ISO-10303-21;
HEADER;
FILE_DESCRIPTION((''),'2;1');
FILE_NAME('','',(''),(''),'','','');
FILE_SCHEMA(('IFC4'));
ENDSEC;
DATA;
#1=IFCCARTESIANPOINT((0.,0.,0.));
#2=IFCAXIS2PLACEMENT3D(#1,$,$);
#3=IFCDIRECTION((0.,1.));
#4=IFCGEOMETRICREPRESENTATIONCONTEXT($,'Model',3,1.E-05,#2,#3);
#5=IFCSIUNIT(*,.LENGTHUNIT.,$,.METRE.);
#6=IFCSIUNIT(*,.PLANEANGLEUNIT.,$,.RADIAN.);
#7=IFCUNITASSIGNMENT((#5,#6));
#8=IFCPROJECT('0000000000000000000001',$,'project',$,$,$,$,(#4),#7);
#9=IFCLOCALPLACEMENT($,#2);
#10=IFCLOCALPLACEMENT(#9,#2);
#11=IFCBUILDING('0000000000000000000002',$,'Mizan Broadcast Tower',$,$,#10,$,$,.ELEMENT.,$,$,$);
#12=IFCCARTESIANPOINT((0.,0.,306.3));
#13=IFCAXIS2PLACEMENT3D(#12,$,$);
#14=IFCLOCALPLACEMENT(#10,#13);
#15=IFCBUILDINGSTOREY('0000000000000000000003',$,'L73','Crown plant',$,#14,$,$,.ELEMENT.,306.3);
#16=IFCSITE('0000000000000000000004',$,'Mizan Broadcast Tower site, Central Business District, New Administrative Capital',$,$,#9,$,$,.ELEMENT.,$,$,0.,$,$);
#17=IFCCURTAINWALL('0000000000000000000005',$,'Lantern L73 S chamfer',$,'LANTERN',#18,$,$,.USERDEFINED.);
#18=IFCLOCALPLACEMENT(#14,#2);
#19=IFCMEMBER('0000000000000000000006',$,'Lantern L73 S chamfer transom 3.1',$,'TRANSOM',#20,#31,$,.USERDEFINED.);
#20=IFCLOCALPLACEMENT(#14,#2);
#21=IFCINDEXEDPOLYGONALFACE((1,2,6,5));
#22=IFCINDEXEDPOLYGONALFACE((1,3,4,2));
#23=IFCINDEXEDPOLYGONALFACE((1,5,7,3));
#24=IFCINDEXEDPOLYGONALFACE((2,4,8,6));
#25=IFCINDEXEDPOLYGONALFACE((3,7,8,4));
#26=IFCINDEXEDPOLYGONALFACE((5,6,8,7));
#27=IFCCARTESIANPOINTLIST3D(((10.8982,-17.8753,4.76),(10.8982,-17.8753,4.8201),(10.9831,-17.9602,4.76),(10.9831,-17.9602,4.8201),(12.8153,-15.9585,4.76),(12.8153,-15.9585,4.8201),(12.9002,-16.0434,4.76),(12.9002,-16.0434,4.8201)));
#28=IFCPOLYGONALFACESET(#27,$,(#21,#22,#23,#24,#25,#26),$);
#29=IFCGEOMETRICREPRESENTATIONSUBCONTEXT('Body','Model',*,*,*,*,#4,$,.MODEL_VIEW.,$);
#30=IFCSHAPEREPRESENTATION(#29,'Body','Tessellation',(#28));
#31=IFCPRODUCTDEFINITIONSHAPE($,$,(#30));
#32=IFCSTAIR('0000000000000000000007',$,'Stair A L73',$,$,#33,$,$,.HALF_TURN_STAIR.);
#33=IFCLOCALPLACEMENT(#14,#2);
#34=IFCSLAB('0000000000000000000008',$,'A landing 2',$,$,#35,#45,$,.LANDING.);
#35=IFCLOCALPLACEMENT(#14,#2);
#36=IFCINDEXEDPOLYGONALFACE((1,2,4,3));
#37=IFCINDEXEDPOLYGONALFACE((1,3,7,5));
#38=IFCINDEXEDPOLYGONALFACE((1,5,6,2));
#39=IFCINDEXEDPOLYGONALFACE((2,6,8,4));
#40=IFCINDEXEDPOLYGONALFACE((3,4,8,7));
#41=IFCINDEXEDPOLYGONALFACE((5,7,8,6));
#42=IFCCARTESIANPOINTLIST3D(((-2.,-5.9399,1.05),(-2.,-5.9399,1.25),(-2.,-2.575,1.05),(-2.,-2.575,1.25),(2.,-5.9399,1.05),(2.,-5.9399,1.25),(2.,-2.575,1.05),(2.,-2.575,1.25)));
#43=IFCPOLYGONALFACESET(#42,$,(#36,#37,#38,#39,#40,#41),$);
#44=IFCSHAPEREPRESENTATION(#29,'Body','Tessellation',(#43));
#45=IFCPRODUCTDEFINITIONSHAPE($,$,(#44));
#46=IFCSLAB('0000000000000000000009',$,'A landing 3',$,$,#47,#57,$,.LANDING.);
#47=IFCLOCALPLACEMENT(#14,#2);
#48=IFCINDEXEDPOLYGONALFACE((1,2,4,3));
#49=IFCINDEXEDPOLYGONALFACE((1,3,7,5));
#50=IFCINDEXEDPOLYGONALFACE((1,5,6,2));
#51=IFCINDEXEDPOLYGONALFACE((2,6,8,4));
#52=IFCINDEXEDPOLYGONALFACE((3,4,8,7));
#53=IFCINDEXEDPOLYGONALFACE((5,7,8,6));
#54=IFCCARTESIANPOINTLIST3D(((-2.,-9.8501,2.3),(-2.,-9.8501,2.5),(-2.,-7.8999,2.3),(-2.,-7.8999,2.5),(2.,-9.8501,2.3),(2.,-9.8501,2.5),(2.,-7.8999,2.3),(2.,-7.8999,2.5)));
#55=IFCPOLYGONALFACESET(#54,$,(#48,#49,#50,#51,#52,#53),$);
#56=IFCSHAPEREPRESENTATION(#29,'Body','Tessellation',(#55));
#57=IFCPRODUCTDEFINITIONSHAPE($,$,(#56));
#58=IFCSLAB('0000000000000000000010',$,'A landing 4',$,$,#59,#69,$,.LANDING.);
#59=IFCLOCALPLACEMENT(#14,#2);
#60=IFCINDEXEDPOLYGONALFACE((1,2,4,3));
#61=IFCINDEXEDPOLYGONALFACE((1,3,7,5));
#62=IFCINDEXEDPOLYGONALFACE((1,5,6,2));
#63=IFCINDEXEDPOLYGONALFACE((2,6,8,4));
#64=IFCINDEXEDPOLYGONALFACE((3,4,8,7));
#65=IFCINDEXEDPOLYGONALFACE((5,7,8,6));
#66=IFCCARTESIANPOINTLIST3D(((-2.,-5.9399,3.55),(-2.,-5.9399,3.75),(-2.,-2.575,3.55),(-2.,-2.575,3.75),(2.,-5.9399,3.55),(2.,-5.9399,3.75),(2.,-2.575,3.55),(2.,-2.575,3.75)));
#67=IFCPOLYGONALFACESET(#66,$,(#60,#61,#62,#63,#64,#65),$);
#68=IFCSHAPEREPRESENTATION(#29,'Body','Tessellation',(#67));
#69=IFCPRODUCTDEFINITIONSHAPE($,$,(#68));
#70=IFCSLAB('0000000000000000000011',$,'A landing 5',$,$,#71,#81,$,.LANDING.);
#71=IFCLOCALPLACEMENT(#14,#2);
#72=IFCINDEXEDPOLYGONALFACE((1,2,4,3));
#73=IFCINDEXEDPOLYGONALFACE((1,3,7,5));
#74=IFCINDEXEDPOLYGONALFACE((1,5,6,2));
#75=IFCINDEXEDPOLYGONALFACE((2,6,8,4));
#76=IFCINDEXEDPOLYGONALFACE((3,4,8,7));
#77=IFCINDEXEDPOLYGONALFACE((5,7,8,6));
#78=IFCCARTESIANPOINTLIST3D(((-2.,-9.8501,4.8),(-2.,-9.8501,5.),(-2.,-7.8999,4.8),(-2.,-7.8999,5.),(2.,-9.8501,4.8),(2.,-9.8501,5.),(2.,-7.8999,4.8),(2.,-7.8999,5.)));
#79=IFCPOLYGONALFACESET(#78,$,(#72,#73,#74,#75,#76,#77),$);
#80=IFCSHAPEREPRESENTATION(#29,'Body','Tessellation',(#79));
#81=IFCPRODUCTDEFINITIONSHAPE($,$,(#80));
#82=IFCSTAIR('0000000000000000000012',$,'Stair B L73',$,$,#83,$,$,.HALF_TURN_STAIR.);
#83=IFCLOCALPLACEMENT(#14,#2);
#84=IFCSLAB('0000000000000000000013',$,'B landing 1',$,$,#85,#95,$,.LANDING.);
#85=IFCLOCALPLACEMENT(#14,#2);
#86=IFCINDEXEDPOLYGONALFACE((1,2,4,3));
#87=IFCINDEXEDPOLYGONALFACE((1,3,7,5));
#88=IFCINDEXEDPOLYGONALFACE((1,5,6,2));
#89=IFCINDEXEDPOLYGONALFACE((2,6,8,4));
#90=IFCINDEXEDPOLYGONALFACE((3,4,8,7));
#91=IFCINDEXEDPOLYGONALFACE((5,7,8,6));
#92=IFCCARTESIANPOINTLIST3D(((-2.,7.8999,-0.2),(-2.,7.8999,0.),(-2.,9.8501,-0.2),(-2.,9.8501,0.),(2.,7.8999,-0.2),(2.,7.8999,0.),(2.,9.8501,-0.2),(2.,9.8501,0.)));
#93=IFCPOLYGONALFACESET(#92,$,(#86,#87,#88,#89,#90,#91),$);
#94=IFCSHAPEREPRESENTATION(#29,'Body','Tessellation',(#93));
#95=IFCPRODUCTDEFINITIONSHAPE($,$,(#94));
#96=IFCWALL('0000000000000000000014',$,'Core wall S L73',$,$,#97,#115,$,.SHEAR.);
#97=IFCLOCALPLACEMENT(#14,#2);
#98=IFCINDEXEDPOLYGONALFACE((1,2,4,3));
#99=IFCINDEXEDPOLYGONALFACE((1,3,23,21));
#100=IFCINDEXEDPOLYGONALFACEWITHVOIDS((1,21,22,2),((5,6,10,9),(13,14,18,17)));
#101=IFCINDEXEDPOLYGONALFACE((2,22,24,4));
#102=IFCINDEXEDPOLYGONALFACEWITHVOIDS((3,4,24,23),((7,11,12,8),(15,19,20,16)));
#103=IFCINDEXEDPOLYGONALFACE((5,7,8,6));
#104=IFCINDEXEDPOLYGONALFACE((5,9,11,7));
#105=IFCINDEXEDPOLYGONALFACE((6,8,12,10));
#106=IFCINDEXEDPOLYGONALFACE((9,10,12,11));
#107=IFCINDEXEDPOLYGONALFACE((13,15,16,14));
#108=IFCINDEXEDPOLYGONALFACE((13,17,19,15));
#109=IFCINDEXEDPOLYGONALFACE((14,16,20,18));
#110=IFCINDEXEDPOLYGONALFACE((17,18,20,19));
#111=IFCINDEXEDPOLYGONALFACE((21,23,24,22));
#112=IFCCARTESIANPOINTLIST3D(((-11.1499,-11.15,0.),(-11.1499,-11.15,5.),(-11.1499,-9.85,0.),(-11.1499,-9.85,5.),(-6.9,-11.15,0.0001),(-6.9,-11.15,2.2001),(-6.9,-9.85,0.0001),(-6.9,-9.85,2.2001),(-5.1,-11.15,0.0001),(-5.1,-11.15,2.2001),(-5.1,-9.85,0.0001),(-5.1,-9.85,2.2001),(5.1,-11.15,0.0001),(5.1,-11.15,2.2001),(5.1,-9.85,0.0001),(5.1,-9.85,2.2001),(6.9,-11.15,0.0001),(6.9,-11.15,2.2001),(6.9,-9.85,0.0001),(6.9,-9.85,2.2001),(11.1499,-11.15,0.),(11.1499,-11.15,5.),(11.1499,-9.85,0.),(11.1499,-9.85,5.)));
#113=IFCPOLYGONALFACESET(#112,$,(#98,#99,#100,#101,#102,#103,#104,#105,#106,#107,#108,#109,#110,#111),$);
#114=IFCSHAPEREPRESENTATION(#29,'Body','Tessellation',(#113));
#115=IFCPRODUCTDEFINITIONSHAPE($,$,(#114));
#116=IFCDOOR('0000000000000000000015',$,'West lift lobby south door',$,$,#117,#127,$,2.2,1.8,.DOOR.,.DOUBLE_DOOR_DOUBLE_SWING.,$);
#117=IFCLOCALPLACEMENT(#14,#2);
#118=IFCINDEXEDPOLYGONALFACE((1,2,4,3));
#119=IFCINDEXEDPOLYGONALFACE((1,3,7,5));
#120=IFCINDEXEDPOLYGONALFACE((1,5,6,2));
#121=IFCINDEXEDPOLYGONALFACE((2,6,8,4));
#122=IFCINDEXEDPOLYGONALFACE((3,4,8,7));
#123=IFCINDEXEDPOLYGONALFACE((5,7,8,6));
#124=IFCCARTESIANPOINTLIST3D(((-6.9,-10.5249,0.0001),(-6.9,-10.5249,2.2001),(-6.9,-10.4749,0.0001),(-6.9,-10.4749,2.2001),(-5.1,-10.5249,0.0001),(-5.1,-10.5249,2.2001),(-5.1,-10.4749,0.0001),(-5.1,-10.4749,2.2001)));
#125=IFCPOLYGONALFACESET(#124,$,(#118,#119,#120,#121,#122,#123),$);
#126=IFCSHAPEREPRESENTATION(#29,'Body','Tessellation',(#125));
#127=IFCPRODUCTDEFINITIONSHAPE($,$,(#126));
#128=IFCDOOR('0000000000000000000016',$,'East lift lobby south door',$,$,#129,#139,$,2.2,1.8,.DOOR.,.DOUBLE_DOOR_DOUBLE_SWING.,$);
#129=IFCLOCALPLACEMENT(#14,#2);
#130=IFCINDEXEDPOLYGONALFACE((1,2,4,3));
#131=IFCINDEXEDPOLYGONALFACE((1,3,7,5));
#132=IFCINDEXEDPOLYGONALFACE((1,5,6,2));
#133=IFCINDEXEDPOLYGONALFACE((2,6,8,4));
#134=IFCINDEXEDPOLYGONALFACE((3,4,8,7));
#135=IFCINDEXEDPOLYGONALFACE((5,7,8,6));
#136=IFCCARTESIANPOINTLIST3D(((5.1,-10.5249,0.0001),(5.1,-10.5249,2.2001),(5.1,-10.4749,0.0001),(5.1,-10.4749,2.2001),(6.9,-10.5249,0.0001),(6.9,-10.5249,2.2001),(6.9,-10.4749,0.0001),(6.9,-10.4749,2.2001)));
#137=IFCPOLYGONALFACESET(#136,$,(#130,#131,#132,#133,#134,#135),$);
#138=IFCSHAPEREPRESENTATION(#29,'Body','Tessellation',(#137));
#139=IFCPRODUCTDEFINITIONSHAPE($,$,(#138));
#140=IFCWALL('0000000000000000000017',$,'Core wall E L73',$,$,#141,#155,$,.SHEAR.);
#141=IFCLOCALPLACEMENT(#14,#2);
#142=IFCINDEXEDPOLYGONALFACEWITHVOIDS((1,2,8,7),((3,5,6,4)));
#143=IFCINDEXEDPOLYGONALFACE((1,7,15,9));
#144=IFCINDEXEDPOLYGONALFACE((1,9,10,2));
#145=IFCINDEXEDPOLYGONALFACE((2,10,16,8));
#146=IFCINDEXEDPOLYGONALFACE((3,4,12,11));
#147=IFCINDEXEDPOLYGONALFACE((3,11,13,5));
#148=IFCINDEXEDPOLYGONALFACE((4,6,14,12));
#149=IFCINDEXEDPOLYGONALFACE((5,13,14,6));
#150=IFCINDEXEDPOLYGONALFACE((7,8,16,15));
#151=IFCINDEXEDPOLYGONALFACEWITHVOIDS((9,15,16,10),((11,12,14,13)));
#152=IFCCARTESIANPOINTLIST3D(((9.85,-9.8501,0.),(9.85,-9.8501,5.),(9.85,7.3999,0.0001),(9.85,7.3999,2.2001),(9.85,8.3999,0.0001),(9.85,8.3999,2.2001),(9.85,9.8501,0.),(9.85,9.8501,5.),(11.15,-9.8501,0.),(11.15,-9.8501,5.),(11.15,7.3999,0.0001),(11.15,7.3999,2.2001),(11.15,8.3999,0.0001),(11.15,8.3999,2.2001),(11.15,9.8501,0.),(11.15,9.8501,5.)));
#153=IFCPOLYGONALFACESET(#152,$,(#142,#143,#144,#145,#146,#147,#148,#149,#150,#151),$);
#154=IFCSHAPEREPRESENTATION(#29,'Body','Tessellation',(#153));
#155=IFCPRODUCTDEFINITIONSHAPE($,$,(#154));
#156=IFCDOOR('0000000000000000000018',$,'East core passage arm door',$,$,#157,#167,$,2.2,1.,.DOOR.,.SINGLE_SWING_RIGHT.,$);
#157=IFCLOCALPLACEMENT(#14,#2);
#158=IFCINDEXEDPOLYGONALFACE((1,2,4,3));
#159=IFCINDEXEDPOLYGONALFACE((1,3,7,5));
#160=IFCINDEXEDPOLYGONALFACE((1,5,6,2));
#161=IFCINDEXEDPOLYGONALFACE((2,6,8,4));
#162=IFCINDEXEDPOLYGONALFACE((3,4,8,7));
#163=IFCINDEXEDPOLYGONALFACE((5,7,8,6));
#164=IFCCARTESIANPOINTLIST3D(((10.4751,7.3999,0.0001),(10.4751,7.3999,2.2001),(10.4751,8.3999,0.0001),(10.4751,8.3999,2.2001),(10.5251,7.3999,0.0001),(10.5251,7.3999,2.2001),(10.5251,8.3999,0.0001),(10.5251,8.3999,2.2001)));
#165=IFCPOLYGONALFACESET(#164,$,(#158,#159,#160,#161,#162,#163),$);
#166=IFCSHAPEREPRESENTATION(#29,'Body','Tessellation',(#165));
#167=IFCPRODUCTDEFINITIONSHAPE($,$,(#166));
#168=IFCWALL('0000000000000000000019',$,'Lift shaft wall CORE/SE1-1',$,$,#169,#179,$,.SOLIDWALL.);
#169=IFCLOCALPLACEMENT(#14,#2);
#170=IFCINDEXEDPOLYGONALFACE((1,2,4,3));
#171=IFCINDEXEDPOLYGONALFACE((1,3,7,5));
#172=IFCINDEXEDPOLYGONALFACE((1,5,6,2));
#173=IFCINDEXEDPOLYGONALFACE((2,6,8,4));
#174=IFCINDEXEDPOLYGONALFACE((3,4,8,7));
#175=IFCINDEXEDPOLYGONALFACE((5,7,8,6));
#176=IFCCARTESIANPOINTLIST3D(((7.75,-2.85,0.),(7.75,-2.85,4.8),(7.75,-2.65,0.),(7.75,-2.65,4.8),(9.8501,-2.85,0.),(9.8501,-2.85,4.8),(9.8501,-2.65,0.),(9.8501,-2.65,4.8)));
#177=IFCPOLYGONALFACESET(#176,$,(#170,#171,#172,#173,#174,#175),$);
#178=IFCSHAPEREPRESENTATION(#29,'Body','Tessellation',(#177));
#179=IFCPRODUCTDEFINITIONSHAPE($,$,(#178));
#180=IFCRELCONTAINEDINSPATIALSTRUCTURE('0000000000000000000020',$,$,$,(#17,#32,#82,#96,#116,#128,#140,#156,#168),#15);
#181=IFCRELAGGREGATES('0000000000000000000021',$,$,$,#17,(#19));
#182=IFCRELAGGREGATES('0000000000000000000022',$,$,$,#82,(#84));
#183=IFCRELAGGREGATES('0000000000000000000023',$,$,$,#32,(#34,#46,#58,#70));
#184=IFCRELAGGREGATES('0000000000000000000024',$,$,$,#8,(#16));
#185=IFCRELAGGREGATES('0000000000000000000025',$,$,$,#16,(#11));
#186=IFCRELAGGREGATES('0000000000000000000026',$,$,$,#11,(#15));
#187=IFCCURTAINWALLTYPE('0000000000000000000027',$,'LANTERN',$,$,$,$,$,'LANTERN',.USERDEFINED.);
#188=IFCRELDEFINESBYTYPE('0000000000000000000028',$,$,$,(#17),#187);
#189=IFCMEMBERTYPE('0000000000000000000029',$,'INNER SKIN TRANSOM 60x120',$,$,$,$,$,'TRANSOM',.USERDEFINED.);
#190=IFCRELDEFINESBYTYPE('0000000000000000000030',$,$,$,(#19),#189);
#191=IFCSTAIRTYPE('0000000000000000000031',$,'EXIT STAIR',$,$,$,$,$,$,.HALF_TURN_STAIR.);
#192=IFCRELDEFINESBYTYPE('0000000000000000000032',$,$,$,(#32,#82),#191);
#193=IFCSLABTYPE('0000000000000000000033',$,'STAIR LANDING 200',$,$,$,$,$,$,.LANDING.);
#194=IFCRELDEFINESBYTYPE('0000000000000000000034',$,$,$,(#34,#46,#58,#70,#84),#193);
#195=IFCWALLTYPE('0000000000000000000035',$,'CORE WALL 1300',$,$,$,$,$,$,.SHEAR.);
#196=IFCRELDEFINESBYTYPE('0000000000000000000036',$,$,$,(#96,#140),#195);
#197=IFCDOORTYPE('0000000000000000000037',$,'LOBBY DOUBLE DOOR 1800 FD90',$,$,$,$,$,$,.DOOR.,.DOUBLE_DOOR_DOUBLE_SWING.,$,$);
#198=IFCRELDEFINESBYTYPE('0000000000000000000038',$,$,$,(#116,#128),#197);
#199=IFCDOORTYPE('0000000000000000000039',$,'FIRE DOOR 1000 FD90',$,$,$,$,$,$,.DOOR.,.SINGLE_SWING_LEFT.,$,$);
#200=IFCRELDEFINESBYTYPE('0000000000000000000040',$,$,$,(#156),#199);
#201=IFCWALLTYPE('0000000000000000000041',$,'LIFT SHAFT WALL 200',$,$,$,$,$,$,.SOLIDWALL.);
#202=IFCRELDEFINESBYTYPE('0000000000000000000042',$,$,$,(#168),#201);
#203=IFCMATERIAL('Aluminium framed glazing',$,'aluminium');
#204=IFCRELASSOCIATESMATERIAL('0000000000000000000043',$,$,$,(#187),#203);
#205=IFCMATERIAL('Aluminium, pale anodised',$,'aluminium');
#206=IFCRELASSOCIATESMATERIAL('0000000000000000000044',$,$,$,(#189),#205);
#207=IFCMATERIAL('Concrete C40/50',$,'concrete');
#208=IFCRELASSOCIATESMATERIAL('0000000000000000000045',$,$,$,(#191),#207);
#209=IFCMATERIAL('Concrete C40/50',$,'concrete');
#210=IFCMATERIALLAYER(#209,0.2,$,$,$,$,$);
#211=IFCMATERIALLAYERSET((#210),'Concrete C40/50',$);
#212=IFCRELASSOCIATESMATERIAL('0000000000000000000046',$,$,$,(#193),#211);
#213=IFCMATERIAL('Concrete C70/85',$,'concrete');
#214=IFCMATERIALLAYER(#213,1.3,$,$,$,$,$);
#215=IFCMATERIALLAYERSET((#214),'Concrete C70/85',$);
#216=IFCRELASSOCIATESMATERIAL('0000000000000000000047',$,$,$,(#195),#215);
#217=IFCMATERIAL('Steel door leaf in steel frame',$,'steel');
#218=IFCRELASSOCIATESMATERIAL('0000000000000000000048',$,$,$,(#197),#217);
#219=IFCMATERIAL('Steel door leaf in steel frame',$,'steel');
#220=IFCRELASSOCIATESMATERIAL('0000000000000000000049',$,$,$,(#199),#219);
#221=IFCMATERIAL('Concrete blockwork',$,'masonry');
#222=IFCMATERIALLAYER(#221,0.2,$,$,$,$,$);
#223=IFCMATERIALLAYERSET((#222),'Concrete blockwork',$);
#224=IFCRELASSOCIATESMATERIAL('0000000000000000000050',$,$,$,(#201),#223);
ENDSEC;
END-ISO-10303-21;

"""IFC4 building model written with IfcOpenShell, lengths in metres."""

from ifc_helpers import new_model, si_unit, direction, frame, frame_2d, origin, origin_2d, place, context, subcontext, project, spatial, polyline, rectangle, outline, extrude, material, layer, layer_set, material_profile, profile_set, type_object, element, fill, aggregate, save


model = new_model("IFC4")

# Units and contexts
model_context = context("Model", 3, precision=1e-05, world=origin(), true_north=direction((0.0, 1.0)))
body_context = subcontext(model_context, "Body", "Model", "MODEL_VIEW")
ifc_project = project(units=[si_unit("LENGTHUNIT", "METRE"), si_unit("PLANEANGLEUNIT", "RADIAN")], contexts=[model_context])

# Site, building, storey
site_placement = place(None, origin())
site = spatial("IfcSite", under=ifc_project, at=site_placement, Name="Mizan Broadcast Tower site, Central Business District, New Administrative Capital", CompositionType="ELEMENT", RefElevation=0.0)
building_placement = place(site_placement, origin())
building = spatial("IfcBuilding", under=site, at=building_placement, Name="Mizan Broadcast Tower", CompositionType="ELEMENT")
storey_placement = place(building_placement, frame((0.0, 0.0, 306.3)))
storey = spatial("IfcBuildingStorey", under=building, at=storey_placement, Name="L73", Description="Crown plant", CompositionType="ELEMENT", Elevation=306.3)

# Curtain wall, member
ifc_material_1 = material(Name="Aluminium framed glazing", Category="aluminium")
curtain_wall_type = type_object("IfcCurtainWallType", Name="LANTERN", ElementType="LANTERN", PredefinedType="USERDEFINED", material=ifc_material_1)
curtain_wall_placement = place(storey_placement, origin())
curtain_wall = element("IfcCurtainWall", 1, at=curtain_wall_placement, inside=storey, type_object=curtain_wall_type, Name="Lantern L73 S chamfer", ObjectType="LANTERN", PredefinedType="USERDEFINED")
ifc_material_2 = material(Name="Aluminium, pale anodised", Category="aluminium")
ifc_material_profile = material_profile(ifc_material_2, rectangle(XDim=0.1201, YDim=0.0601, at=origin_2d()), Name="TRANSOM 120x60")
ifc_profile_set = profile_set([ifc_material_profile], Name="Aluminium, pale anodised")
member_type = type_object("IfcMemberType", Name="INNER SKIN TRANSOM 60x120", ElementType="TRANSOM", PredefinedType="USERDEFINED", material=ifc_profile_set)
member_placement = place(storey_placement, frame((10.9407, -17.9177, 4.79), z_axis=(0.707152, 0.707062, 0.0), x_axis=(-0.707062, 0.707152, 0.0)))
member = element("IfcMember", 2, at=member_placement, type_object=member_type, Name="Lantern L73 S chamfer transom 3.1", ObjectType="TRANSOM", PredefinedType="USERDEFINED", context=body_context, shape_type="SweptSolid", body=[
    extrude(rectangle(XDim=0.1201, YDim=0.0601, at=origin_2d()), origin(), (0.0, 0.0, 1.0), 2.7109),
])
aggregate(curtain_wall, [member])

# Stair, slabs
ifc_material_3 = material(Name="Concrete C40/50", Category="concrete")
stair_type = type_object("IfcStairType", Name="EXIT STAIR", PredefinedType="HALF_TURN_STAIR", material=ifc_material_3)
stair_1_placement = place(storey_placement, origin())
stair_1 = element("IfcStair", 3, at=stair_1_placement, inside=storey, type_object=stair_type, Name="Stair A L73", PredefinedType="HALF_TURN_STAIR")
ifc_material_4 = material(Name="Concrete C40/50", Category="concrete")
ifc_layer_1 = layer(ifc_material_4, 0.2)
ifc_layer_set_1 = layer_set([ifc_layer_1], Name="Concrete C40/50")
slab_type = type_object("IfcSlabType", Name="STAIR LANDING 200", PredefinedType="LANDING", material=ifc_layer_set_1)
slab_1_placement = place(storey_placement, frame((0.0, 0.0, 1.05)))
slab_1 = element("IfcSlab", 4, at=slab_1_placement, type_object=slab_type, Name="A landing 2", PredefinedType="LANDING", context=body_context, shape_type="SweptSolid", body=[
    extrude(outline(polyline([(-2.0, -5.9399), (-2.0, -2.575), (2.0, -2.575), (2.0, -5.9399), (-2.0, -5.9399)])), origin(), (0.0, 0.0, 1.0), 0.2),
])
slab_2_placement = place(storey_placement, frame((0.0, 0.0, 2.3)))
slab_2 = element("IfcSlab", 5, at=slab_2_placement, type_object=slab_type, Name="A landing 3", PredefinedType="LANDING", context=body_context, shape_type="SweptSolid", body=[
    extrude(outline(polyline([(-2.0, -9.8501), (-2.0, -7.8999), (2.0, -7.8999), (2.0, -9.8501), (-2.0, -9.8501)])), origin(), (0.0, 0.0, 1.0), 0.2),
])
slab_3_placement = place(storey_placement, frame((0.0, 0.0, 3.55)))
slab_3 = element("IfcSlab", 6, at=slab_3_placement, type_object=slab_type, Name="A landing 4", PredefinedType="LANDING", context=body_context, shape_type="SweptSolid", body=[
    extrude(outline(polyline([(-2.0, -5.9399), (-2.0, -2.575), (2.0, -2.575), (2.0, -5.9399), (-2.0, -5.9399)])), origin(), (0.0, 0.0, 1.0), 0.2),
])
slab_4_placement = place(storey_placement, frame((0.0, 0.0, 4.8)))
slab_4 = element("IfcSlab", 7, at=slab_4_placement, type_object=slab_type, Name="A landing 5", PredefinedType="LANDING", context=body_context, shape_type="SweptSolid", body=[
    extrude(outline(polyline([(-2.0, -9.8501), (-2.0, -7.8999), (2.0, -7.8999), (2.0, -9.8501), (-2.0, -9.8501)])), origin(), (0.0, 0.0, 1.0), 0.2),
])

# Stair, slab
stair_2_placement = place(storey_placement, origin())
stair_2 = element("IfcStair", 8, at=stair_2_placement, inside=storey, type_object=stair_type, Name="Stair B L73", PredefinedType="HALF_TURN_STAIR")
slab_5_placement = place(storey_placement, frame((0.0, 0.0, -0.2)))
slab_5 = element("IfcSlab", 9, at=slab_5_placement, type_object=slab_type, Name="B landing 1", PredefinedType="LANDING", context=body_context, shape_type="SweptSolid", body=[
    extrude(outline(polyline([(2.0, 9.8501), (2.0, 7.8999), (-2.0, 7.8999), (-2.0, 9.8501), (2.0, 9.8501)])), origin(), (0.0, 0.0, 1.0), 0.2),
])
aggregate(stair_2, [slab_5])

# Wall, openings, doors
ifc_material_5 = material(Name="Concrete C70/85", Category="concrete")
ifc_layer_2 = layer(ifc_material_5, 1.3)
ifc_layer_set_2 = layer_set([ifc_layer_2], Name="Concrete C70/85")
wall_type_1 = type_object("IfcWallType", Name="CORE WALL 1300", PredefinedType="SHEAR", material=ifc_layer_set_2)
wall_1_placement = place(storey_placement, frame((11.1499, -10.5, 0.0), z_axis=(0.0, 0.0, 1.0), x_axis=(-1.0, 0.0, 0.0)))
wall_1 = element("IfcWall", 10, at=wall_1_placement, inside=storey, type_object=wall_type_1, Name="Core wall S L73", PredefinedType="SHEAR", context=body_context, shape_type="SweptSolid", body=[
    extrude(rectangle(XDim=22.2998, YDim=1.3, at=frame_2d((11.1499, 0.0))), origin(), (0.0, 0.0, 1.0), 5.0),
])
opening_1_placement = place(wall_1_placement, frame((16.25, 0.0, 0.0)))
opening_1 = element("IfcOpeningElement", 11, at=opening_1_placement, cuts=wall_1, PredefinedType="OPENING", context=body_context, shape_type="SweptSolid", body=[
    extrude(rectangle(XDim=1.8, YDim=2.2, at=frame_2d((0.8999, 1.1001))), frame((0.0, 0.6599, 0.0), z_axis=(0.0, -1.0, 0.0), x_axis=(1.0, 0.0, 0.0)), (0.0, 0.0, 1.0), 1.3201),
])
opening_2_placement = place(wall_1_placement, frame((4.25, 0.0, 0.0)))
opening_2 = element("IfcOpeningElement", 12, at=opening_2_placement, cuts=wall_1, PredefinedType="OPENING", context=body_context, shape_type="SweptSolid", body=[
    extrude(rectangle(XDim=1.8, YDim=2.2, at=frame_2d((0.8999, 1.1001))), frame((0.0, 0.6599, 0.0), z_axis=(0.0, -1.0, 0.0), x_axis=(1.0, 0.0, 0.0)), (0.0, 0.0, 1.0), 1.3201),
])
ifc_material_6 = material(Name="Steel door leaf in steel frame", Category="steel")
door_type_1 = type_object("IfcDoorType", Name="LOBBY DOUBLE DOOR 1800 FD90", OperationType="DOUBLE_DOOR_DOUBLE_SWING", PredefinedType="DOOR", material=ifc_material_6)
door_1_placement = place(opening_1_placement, origin())
door_1 = element("IfcDoor", 13, at=door_1_placement, inside=storey, type_object=door_type_1, Name="West lift lobby south door", OperationType="DOUBLE_DOOR_DOUBLE_SWING", OverallHeight=2.2, OverallWidth=1.8, PredefinedType="DOOR", context=body_context, shape_type="SweptSolid", body=[
    extrude(rectangle(XDim=1.8, YDim=2.2, at=frame_2d((0.8999, 1.1001))), frame((0.0, 0.0249, 0.0), z_axis=(0.0, -1.0, 0.0), x_axis=(1.0, 0.0, 0.0)), (0.0, 0.0, 1.0), 0.05),
])
fill(opening_1, door_1)
door_2_placement = place(opening_2_placement, origin())
door_2 = element("IfcDoor", 14, at=door_2_placement, inside=storey, type_object=door_type_1, Name="East lift lobby south door", OperationType="DOUBLE_DOOR_DOUBLE_SWING", OverallHeight=2.2, OverallWidth=1.8, PredefinedType="DOOR", context=body_context, shape_type="SweptSolid", body=[
    extrude(rectangle(XDim=1.8, YDim=2.2, at=frame_2d((0.8999, 1.1001))), frame((0.0, 0.0249, 0.0), z_axis=(0.0, -1.0, 0.0), x_axis=(1.0, 0.0, 0.0)), (0.0, 0.0, 1.0), 0.05),
])
fill(opening_2, door_2)

# Wall, opening, door
wall_2_placement = place(storey_placement, frame((10.5, -9.8501, 0.0), z_axis=(0.0, 0.0, 1.0), x_axis=(0.0, 1.0, 0.0)))
wall_2 = element("IfcWall", 15, at=wall_2_placement, inside=storey, type_object=wall_type_1, Name="Core wall E L73", PredefinedType="SHEAR", context=body_context, shape_type="SweptSolid", body=[
    extrude(rectangle(XDim=19.7002, YDim=1.3, at=frame_2d((9.8501, 0.0))), origin(), (0.0, 0.0, 1.0), 5.0),
])
opening_3_placement = place(wall_2_placement, frame((17.25, 0.0, 0.0)))
opening_3 = element("IfcOpeningElement", 16, at=opening_3_placement, cuts=wall_2, PredefinedType="OPENING", context=body_context, shape_type="SweptSolid", body=[
    extrude(rectangle(XDim=1.0, YDim=2.2, at=frame_2d((0.5, 1.1001))), frame((0.0, 0.6599, 0.0), z_axis=(0.0, -1.0, 0.0), x_axis=(1.0, 0.0, 0.0)), (0.0, 0.0, 1.0), 1.3201),
])
ifc_material_7 = material(Name="Steel door leaf in steel frame", Category="steel")
door_type_2 = type_object("IfcDoorType", Name="FIRE DOOR 1000 FD90", OperationType="SINGLE_SWING_LEFT", PredefinedType="DOOR", material=ifc_material_7)
door_3_placement = place(opening_3_placement, origin())
door_3 = element("IfcDoor", 17, at=door_3_placement, inside=storey, type_object=door_type_2, Name="East core passage arm door", OperationType="SINGLE_SWING_RIGHT", OverallHeight=2.2, OverallWidth=1.0, PredefinedType="DOOR", context=body_context, shape_type="SweptSolid", body=[
    extrude(rectangle(XDim=1.0, YDim=2.2, at=frame_2d((0.5, 1.1001))), frame((0.0, 0.0249, 0.0), z_axis=(0.0, -1.0, 0.0), x_axis=(1.0, 0.0, 0.0)), (0.0, 0.0, 1.0), 0.05),
])
fill(opening_3, door_3)

# Wall
ifc_material_8 = material(Name="Concrete blockwork", Category="masonry")
ifc_layer_3 = layer(ifc_material_8, 0.2)
ifc_layer_set_3 = layer_set([ifc_layer_3], Name="Concrete blockwork")
wall_type_2 = type_object("IfcWallType", Name="LIFT SHAFT WALL 200", PredefinedType="SOLIDWALL", material=ifc_layer_set_3)
wall_3_placement = place(storey_placement, frame((7.75, -2.75, 0.0), z_axis=(0.0, 0.0, 1.0), x_axis=(1.0, 0.0, 0.0)))
element("IfcWall", 18, at=wall_3_placement, inside=storey, type_object=wall_type_2, Name="Lift shaft wall CORE/SE1-1", PredefinedType="SOLIDWALL", context=body_context, shape_type="SweptSolid", body=[
    extrude(rectangle(XDim=2.1001, YDim=0.2, at=frame_2d((1.05, 0.0))), origin(), (0.0, 0.0, 1.0), 4.8),
])

aggregate(stair_1, [slab_1, slab_2, slab_3, slab_4])

save(model, "model.ifc")
